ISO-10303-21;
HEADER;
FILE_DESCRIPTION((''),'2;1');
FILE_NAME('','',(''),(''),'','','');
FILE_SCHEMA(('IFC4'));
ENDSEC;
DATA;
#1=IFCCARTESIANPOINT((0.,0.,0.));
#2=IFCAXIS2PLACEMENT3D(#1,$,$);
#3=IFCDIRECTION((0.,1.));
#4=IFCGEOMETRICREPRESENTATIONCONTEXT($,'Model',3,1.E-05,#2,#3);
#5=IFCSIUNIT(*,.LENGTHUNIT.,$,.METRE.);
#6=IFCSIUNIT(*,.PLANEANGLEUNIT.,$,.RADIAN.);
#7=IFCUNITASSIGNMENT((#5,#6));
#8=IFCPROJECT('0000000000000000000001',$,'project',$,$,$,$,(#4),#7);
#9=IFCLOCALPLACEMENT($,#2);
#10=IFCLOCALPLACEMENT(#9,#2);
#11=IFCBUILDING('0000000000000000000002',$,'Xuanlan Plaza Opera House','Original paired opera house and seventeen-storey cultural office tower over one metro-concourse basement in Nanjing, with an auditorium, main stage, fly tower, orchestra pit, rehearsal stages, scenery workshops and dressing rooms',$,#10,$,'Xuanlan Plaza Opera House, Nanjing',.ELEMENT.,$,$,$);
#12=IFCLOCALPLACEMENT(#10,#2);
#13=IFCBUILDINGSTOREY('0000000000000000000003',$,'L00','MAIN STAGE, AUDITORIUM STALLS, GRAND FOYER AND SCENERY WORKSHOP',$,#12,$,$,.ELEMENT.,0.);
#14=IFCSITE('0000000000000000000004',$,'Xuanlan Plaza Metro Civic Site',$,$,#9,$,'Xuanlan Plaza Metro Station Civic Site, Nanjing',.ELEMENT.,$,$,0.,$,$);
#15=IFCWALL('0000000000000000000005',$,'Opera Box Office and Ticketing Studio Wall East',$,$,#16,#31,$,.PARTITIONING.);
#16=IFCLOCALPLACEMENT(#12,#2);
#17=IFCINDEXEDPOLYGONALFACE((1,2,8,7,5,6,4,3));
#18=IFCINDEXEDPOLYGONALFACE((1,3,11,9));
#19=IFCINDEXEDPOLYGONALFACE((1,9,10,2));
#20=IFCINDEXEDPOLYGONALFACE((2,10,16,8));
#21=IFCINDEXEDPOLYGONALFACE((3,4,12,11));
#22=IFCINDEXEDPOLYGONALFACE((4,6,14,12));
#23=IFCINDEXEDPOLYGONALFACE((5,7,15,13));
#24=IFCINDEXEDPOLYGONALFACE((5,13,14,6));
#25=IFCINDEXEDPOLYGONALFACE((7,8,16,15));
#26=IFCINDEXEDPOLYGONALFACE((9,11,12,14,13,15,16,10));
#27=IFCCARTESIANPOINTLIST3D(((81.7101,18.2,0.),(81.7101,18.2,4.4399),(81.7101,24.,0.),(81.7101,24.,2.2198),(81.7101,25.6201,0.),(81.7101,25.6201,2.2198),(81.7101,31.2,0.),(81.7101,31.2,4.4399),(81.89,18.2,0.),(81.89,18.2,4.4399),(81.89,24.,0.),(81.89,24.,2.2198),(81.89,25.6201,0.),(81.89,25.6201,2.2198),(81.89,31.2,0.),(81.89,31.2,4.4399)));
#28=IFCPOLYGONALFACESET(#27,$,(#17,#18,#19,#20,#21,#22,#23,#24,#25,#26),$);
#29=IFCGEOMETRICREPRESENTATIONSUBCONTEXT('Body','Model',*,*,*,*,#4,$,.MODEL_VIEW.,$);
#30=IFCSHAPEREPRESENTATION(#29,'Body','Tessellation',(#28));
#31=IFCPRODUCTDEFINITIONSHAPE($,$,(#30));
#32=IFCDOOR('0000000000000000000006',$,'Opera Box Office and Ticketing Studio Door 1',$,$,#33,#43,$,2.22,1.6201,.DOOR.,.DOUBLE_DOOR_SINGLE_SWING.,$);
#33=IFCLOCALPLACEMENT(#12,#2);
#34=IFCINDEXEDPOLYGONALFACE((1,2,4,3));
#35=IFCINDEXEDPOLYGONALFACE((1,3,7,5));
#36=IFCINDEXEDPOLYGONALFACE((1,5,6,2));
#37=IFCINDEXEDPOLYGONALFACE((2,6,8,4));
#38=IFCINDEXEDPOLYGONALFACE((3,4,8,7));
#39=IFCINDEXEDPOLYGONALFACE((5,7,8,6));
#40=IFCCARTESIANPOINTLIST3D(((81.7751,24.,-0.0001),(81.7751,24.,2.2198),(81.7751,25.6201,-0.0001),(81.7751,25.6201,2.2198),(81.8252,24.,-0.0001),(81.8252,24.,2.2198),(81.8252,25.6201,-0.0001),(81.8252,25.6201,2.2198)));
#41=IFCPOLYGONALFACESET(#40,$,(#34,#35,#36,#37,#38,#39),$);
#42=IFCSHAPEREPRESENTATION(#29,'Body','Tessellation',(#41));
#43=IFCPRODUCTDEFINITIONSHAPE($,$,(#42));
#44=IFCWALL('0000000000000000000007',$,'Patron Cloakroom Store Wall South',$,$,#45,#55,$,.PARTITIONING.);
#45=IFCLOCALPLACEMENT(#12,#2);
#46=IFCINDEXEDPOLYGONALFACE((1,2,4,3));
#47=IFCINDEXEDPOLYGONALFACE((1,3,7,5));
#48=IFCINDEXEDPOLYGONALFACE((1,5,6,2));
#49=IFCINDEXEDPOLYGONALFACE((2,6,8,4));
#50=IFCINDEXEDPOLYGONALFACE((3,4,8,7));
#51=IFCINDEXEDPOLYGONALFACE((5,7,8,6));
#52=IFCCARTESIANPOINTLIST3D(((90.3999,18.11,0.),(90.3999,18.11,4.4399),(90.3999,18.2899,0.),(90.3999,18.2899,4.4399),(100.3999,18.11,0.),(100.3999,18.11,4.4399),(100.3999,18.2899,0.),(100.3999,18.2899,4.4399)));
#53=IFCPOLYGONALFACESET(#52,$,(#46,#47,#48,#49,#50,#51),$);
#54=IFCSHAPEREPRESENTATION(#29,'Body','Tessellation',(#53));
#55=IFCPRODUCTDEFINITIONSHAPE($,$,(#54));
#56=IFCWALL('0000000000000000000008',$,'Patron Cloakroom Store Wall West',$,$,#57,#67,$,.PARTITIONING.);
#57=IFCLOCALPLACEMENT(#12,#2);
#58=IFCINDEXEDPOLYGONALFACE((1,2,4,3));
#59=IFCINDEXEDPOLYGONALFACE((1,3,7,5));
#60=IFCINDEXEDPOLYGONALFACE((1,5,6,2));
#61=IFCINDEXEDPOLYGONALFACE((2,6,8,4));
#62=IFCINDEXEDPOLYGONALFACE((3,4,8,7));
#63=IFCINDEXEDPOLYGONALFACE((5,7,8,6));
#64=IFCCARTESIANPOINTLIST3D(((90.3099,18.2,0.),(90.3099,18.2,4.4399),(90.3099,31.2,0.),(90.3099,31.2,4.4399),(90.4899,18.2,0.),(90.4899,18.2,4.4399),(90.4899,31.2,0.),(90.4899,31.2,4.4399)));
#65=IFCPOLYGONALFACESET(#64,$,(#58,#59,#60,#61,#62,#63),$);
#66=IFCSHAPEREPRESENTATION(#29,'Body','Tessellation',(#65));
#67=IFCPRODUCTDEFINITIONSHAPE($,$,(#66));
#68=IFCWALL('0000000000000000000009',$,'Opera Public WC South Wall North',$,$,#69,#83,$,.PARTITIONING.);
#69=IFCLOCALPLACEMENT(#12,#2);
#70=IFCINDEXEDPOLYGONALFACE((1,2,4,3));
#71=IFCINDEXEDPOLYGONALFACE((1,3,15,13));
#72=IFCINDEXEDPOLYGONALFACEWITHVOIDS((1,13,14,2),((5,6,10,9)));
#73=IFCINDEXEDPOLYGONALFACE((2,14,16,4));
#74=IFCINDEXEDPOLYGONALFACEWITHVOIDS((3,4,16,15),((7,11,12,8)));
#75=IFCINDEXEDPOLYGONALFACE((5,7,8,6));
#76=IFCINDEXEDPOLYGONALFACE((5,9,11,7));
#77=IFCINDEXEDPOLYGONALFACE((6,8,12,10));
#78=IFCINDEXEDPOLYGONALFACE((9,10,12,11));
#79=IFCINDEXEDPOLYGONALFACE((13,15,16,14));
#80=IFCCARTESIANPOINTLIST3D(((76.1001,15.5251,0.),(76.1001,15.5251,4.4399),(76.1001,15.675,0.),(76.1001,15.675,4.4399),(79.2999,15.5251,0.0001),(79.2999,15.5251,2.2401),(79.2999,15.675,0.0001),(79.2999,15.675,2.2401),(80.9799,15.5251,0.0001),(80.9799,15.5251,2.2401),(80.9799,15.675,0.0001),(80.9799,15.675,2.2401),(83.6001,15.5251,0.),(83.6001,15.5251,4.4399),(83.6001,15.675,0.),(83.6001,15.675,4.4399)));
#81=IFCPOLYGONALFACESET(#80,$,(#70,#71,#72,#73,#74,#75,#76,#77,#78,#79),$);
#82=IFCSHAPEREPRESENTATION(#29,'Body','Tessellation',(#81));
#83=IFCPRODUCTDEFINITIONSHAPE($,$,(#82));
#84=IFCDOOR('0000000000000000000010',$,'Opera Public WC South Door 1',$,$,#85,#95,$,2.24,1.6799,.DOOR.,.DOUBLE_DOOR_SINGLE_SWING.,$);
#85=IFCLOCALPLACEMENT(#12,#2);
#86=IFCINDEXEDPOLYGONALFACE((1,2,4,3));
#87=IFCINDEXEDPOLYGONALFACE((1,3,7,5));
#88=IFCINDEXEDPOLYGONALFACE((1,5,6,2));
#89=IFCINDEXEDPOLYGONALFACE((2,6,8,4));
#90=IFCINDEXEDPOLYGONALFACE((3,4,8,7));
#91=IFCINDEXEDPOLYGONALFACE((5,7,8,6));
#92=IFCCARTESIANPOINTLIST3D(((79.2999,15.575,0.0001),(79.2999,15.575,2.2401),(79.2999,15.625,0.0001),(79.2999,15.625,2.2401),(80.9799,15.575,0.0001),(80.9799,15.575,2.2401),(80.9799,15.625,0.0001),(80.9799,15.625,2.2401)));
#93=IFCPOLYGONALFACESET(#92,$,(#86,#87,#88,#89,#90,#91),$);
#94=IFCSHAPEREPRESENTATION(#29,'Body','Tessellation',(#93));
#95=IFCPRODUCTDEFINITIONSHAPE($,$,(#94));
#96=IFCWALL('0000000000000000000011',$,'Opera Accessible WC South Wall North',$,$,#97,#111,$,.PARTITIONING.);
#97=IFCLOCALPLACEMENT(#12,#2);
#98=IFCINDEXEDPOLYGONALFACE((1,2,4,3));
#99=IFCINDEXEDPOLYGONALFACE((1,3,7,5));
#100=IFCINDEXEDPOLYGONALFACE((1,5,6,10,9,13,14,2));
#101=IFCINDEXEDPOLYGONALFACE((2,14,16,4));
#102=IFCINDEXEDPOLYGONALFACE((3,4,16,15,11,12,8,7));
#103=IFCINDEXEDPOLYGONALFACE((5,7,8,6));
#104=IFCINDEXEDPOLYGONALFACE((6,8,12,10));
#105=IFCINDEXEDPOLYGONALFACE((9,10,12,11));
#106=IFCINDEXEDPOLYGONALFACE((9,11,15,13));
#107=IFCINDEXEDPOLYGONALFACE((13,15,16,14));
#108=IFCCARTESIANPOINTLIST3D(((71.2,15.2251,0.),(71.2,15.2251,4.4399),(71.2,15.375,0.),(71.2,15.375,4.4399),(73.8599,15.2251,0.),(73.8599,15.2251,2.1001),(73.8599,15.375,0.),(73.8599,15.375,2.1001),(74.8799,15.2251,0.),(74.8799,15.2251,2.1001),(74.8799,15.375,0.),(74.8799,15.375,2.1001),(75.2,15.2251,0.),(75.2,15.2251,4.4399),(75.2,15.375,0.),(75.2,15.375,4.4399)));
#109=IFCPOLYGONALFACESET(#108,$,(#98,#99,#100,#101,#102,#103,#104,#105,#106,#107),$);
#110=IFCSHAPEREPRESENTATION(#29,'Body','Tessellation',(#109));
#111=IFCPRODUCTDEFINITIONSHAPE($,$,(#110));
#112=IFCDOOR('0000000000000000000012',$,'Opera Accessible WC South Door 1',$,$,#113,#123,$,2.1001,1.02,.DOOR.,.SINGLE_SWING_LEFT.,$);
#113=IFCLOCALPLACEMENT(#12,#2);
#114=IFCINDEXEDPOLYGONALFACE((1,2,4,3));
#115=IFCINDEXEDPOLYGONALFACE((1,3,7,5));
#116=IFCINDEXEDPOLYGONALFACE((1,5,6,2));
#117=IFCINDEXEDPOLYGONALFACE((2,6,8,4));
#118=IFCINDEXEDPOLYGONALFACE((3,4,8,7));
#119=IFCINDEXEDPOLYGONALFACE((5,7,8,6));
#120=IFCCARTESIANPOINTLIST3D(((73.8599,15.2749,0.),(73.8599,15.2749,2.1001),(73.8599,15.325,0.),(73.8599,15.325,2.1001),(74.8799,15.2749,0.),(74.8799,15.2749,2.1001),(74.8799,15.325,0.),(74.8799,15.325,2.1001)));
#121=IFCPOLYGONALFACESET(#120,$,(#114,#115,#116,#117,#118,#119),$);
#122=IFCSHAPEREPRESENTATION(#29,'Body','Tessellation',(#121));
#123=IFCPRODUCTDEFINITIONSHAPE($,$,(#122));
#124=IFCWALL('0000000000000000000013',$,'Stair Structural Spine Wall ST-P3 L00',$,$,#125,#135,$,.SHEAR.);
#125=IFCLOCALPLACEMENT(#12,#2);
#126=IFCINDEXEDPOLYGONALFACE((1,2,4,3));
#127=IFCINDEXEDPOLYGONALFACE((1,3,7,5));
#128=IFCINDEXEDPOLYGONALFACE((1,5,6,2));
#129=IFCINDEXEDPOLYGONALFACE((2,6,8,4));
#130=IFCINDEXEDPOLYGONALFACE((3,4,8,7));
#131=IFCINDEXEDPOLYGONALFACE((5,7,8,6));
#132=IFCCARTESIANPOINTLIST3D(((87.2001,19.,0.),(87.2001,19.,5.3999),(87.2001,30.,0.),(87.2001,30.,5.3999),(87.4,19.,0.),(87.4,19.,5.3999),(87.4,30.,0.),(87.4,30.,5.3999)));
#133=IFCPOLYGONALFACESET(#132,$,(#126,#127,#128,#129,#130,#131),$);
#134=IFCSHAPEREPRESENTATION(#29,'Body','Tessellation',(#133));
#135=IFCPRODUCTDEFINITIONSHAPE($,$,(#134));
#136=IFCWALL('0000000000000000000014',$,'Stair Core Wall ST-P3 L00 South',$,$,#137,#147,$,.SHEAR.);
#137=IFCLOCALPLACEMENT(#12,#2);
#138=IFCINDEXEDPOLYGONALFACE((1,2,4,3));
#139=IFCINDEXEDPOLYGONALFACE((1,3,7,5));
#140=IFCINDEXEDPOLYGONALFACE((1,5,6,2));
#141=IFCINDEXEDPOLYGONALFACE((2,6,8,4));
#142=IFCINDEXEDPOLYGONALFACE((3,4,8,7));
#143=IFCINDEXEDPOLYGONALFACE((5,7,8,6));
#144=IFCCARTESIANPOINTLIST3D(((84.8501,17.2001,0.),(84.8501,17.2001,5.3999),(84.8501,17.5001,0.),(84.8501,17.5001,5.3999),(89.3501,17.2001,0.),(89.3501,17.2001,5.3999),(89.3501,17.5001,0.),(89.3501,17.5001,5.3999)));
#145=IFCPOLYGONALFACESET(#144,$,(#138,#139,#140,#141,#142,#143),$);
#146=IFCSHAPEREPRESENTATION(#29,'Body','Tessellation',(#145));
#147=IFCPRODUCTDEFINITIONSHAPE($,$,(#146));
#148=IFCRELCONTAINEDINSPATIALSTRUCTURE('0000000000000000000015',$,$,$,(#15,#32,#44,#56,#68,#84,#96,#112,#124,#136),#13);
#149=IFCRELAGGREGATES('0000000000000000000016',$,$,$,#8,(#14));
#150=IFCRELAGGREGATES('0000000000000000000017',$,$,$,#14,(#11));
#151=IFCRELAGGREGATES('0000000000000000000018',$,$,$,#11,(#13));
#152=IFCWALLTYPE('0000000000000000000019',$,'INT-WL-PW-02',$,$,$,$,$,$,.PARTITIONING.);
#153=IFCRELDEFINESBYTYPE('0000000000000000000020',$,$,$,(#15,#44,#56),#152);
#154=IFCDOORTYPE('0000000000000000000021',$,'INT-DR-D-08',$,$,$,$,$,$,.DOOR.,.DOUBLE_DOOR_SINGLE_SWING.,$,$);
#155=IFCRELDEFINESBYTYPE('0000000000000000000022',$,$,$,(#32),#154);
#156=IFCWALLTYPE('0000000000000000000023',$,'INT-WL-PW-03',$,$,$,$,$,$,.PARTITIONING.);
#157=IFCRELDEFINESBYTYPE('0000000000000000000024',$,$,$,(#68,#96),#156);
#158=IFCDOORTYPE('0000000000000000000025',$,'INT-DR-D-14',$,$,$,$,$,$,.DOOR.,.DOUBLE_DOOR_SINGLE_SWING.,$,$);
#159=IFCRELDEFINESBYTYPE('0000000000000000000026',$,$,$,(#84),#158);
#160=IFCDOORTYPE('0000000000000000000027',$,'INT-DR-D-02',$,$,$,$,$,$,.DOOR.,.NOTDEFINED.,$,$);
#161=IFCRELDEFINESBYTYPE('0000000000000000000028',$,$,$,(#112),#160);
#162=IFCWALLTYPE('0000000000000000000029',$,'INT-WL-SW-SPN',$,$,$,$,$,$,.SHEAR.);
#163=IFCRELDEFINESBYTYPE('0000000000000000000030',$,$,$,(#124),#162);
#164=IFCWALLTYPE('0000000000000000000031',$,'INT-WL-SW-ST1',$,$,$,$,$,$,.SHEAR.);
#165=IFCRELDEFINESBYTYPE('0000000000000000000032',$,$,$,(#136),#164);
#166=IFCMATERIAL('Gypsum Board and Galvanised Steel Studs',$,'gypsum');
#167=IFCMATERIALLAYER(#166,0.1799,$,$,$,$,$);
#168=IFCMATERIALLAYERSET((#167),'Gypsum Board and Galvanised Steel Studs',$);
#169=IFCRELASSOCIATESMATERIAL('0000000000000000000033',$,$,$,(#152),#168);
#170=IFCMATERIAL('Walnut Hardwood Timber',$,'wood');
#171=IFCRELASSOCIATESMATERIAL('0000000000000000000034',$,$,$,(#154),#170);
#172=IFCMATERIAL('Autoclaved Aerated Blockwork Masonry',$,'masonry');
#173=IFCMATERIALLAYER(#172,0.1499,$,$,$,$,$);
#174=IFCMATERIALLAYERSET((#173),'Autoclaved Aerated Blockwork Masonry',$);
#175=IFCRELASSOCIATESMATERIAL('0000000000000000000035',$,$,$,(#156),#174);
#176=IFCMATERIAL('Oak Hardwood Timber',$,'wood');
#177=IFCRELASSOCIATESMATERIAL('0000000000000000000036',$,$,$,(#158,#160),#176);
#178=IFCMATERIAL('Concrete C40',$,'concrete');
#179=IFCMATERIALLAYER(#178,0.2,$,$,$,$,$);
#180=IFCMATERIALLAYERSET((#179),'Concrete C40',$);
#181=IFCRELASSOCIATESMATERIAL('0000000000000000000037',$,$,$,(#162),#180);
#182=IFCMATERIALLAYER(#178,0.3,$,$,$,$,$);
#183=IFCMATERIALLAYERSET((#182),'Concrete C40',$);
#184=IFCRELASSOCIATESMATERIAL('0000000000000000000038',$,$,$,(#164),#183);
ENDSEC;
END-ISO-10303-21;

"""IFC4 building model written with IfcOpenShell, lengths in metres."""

from ifc_helpers import new_model, si_unit, direction, frame, frame_2d, origin, place, context, subcontext, project, spatial, rectangle, extrude, material, layer, layer_set, type_object, element, fill, save


model = new_model("IFC4")

# Units and contexts
model_context = context("Model", 3, precision=1e-05, world=origin(), true_north=direction((0.0, 1.0)))
body_context = subcontext(model_context, "Body", "Model", "MODEL_VIEW")
ifc_project = project(units=[si_unit("LENGTHUNIT", "METRE"), si_unit("PLANEANGLEUNIT", "RADIAN")], contexts=[model_context])

# Site, building, storey
site_placement = place(None, origin())
site = spatial("IfcSite", under=ifc_project, at=site_placement, Name="Xuanlan Plaza Metro Civic Site", LongName="Xuanlan Plaza Metro Station Civic Site, Nanjing", CompositionType="ELEMENT", RefElevation=0.0)
building_placement = place(site_placement, origin())
building = spatial("IfcBuilding", under=site, at=building_placement, Name="Xuanlan Plaza Opera House", Description="Original paired opera house and seventeen-storey cultural office tower over one metro-concourse basement in Nanjing, with an auditorium, main stage, fly tower, orchestra pit, rehearsal stages, scenery workshops and dressing rooms", LongName="Xuanlan Plaza Opera House, Nanjing", CompositionType="ELEMENT")
storey_placement = place(building_placement, origin())
storey = spatial("IfcBuildingStorey", under=building, at=storey_placement, Name="L00", Description="MAIN STAGE, AUDITORIUM STALLS, GRAND FOYER AND SCENERY WORKSHOP", CompositionType="ELEMENT", Elevation=0.0)

# Shared definitions
ifc_material_1 = material(Name="Concrete C40", Category="concrete")

# Shared definitions
ifc_material_2 = material(Name="Gypsum Board and Galvanised Steel Studs", Category="gypsum")
ifc_layer_1 = layer(ifc_material_2, 0.1799)
ifc_layer_set_1 = layer_set([ifc_layer_1], Name="Gypsum Board and Galvanised Steel Studs")
wall_type_1 = type_object("IfcWallType", Name="INT-WL-PW-02", PredefinedType="PARTITIONING", material=ifc_layer_set_1)

# Wall, opening, door
wall_1_placement = place(storey_placement, frame((81.8, 18.2, 0.0), z_axis=(0.0, 0.0, 1.0), x_axis=(0.0, 1.0, 0.0)))
wall_1 = element("IfcWall", 1, at=wall_1_placement, inside=storey, type_object=wall_type_1, Name="Opera Box Office and Ticketing Studio Wall East", PredefinedType="PARTITIONING", context=body_context, shape_type="SweptSolid", body=[
    extrude(rectangle(XDim=13.0, YDim=0.1799, at=frame_2d((6.5, 0.0))), origin(), (0.0, 0.0, 1.0), 4.4399),
])
opening_1_placement = place(wall_1_placement, frame((5.8, 0.0, 0.0)))
opening_1 = element("IfcOpeningElement", 2, at=opening_1_placement, cuts=wall_1, PredefinedType="OPENING", context=body_context, shape_type="SweptSolid", body=[
    extrude(rectangle(XDim=1.6201, YDim=2.22, at=frame_2d((0.8101, 1.1099))), frame((0.0, 0.0999, 0.0), z_axis=(0.0, -1.0, 0.0), x_axis=(1.0, 0.0, 0.0)), (0.0, 0.0, 1.0), 0.2),
])
ifc_material_3 = material(Name="Walnut Hardwood Timber", Category="wood")
door_type_1 = type_object("IfcDoorType", Name="INT-DR-D-08", OperationType="DOUBLE_DOOR_SINGLE_SWING", PredefinedType="DOOR", material=ifc_material_3)
door_1_placement = place(opening_1_placement, origin())
door_1 = element("IfcDoor", 3, at=door_1_placement, inside=storey, type_object=door_type_1, Name="Opera Box Office and Ticketing Studio Door 1", OperationType="DOUBLE_DOOR_SINGLE_SWING", OverallHeight=2.22, OverallWidth=1.6201, PredefinedType="DOOR", context=body_context, shape_type="SweptSolid", body=[
    extrude(rectangle(XDim=1.6201, YDim=2.22, at=frame_2d((0.8101, 1.1099))), frame((0.0, 0.0249, 0.0), z_axis=(0.0, -1.0, 0.0), x_axis=(1.0, 0.0, 0.0)), (0.0, 0.0, 1.0), 0.05),
])
fill(opening_1, door_1)

# Walls
wall_2_placement = place(storey_placement, frame((90.3999, 18.2, 0.0), z_axis=(0.0, 0.0, 1.0), x_axis=(1.0, 0.0, 0.0)))
element("IfcWall", 4, at=wall_2_placement, inside=storey, type_object=wall_type_1, Name="Patron Cloakroom Store Wall South", PredefinedType="PARTITIONING", context=body_context, shape_type="SweptSolid", body=[
    extrude(rectangle(XDim=10.0, YDim=0.1799, at=frame_2d((5.0, 0.0))), origin(), (0.0, 0.0, 1.0), 4.4399),
])
wall_3_placement = place(storey_placement, frame((90.3999, 18.2, 0.0), z_axis=(0.0, 0.0, 1.0), x_axis=(0.0, 1.0, 0.0)))
element("IfcWall", 5, at=wall_3_placement, inside=storey, type_object=wall_type_1, Name="Patron Cloakroom Store Wall West", PredefinedType="PARTITIONING", context=body_context, shape_type="SweptSolid", body=[
    extrude(rectangle(XDim=13.0, YDim=0.1799, at=frame_2d((6.5, 0.0))), origin(), (0.0, 0.0, 1.0), 4.4399),
])

# Walls, openings, doors
ifc_material_4 = material(Name="Autoclaved Aerated Blockwork Masonry", Category="masonry")
ifc_layer_2 = layer(ifc_material_4, 0.1499)
ifc_layer_set_2 = layer_set([ifc_layer_2], Name="Autoclaved Aerated Blockwork Masonry")
wall_type_2 = type_object("IfcWallType", Name="INT-WL-PW-03", PredefinedType="PARTITIONING", material=ifc_layer_set_2)
wall_4_placement = place(storey_placement, frame((76.1001, 15.6001, 0.0), z_axis=(0.0, 0.0, 1.0), x_axis=(1.0, 0.0, 0.0)))
wall_4 = element("IfcWall", 6, at=wall_4_placement, inside=storey, type_object=wall_type_2, Name="Opera Public WC South Wall North", PredefinedType="PARTITIONING", context=body_context, shape_type="SweptSolid", body=[
    extrude(rectangle(XDim=7.5, YDim=0.1499, at=frame_2d((3.75, 0.0))), origin(), (0.0, 0.0, 1.0), 4.4399),
])
opening_2_placement = place(wall_4_placement, frame((3.2, 0.0, 0.0)))
opening_2 = element("IfcOpeningElement", 7, at=opening_2_placement, cuts=wall_4, PredefinedType="OPENING", context=body_context, shape_type="SweptSolid", body=[
    extrude(rectangle(XDim=1.6799, YDim=2.24, at=frame_2d((0.8398, 1.1201))), frame((0.0, 0.085, 0.0), z_axis=(0.0, -1.0, 0.0), x_axis=(1.0, 0.0, 0.0)), (0.0, 0.0, 1.0), 0.1699),
])
ifc_material_5 = material(Name="Oak Hardwood Timber", Category="wood")
door_type_2 = type_object("IfcDoorType", Name="INT-DR-D-14", OperationType="DOUBLE_DOOR_SINGLE_SWING", PredefinedType="DOOR", material=ifc_material_5)
door_2_placement = place(opening_2_placement, origin())
door_2 = element("IfcDoor", 8, at=door_2_placement, inside=storey, type_object=door_type_2, Name="Opera Public WC South Door 1", OperationType="DOUBLE_DOOR_SINGLE_SWING", OverallHeight=2.24, OverallWidth=1.6799, PredefinedType="DOOR", context=body_context, shape_type="SweptSolid", body=[
    extrude(rectangle(XDim=1.6799, YDim=2.24, at=frame_2d((0.8398, 1.1201))), frame((0.0, 0.0249, 0.0), z_axis=(0.0, -1.0, 0.0), x_axis=(1.0, 0.0, 0.0)), (0.0, 0.0, 1.0), 0.05),
])
fill(opening_2, door_2)
wall_5_placement = place(storey_placement, frame((71.2, 15.3, 0.0), z_axis=(0.0, 0.0, 1.0), x_axis=(1.0, 0.0, 0.0)))
wall_5 = element("IfcWall", 9, at=wall_5_placement, inside=storey, type_object=wall_type_2, Name="Opera Accessible WC South Wall North", PredefinedType="PARTITIONING", context=body_context, shape_type="SweptSolid", body=[
    extrude(rectangle(XDim=4.0, YDim=0.1499, at=frame_2d((2.0, 0.0))), origin(), (0.0, 0.0, 1.0), 4.4399),
])
opening_3_placement = place(wall_5_placement, frame((2.6599, 0.0, 0.0)))
opening_3 = element("IfcOpeningElement", 10, at=opening_3_placement, cuts=wall_5, PredefinedType="OPENING", context=body_context, shape_type="SweptSolid", body=[
    extrude(rectangle(XDim=1.02, YDim=2.1001, at=frame_2d((0.51, 1.05))), frame((0.0, 0.085, 0.0), z_axis=(0.0, -1.0, 0.0), x_axis=(1.0, 0.0, 0.0)), (0.0, 0.0, 1.0), 0.1699),
])
door_type_3 = type_object("IfcDoorType", Name="INT-DR-D-02", OperationType="NOTDEFINED", PredefinedType="DOOR", material=ifc_material_5)
door_3_placement = place(opening_3_placement, origin())
door_3 = element("IfcDoor", 11, at=door_3_placement, inside=storey, type_object=door_type_3, Name="Opera Accessible WC South Door 1", OperationType="SINGLE_SWING_LEFT", OverallHeight=2.1001, OverallWidth=1.02, PredefinedType="DOOR", context=body_context, shape_type="SweptSolid", body=[
    extrude(rectangle(XDim=1.02, YDim=2.1001, at=frame_2d((0.51, 1.05))), frame((0.0, 0.0249, 0.0), z_axis=(0.0, -1.0, 0.0), x_axis=(1.0, 0.0, 0.0)), (0.0, 0.0, 1.0), 0.05),
])
fill(opening_3, door_3)

# Walls
ifc_layer_3 = layer(ifc_material_1, 0.2)
ifc_layer_set_3 = layer_set([ifc_layer_3], Name="Concrete C40")
wall_type_3 = type_object("IfcWallType", Name="INT-WL-SW-SPN", PredefinedType="SHEAR", material=ifc_layer_set_3)
wall_6_placement = place(storey_placement, frame((87.3, 19.0, 0.0), z_axis=(0.0, 0.0, 1.0), x_axis=(0.0, 1.0, 0.0)))
element("IfcWall", 12, at=wall_6_placement, inside=storey, type_object=wall_type_3, Name="Stair Structural Spine Wall ST-P3 L00", PredefinedType="SHEAR", context=body_context, shape_type="SweptSolid", body=[
    extrude(rectangle(XDim=11.0, YDim=0.2, at=frame_2d((5.5, 0.0))), origin(), (0.0, 0.0, 1.0), 5.3999),
])
ifc_layer_4 = layer(ifc_material_1, 0.3)
ifc_layer_set_4 = layer_set([ifc_layer_4], Name="Concrete C40")
wall_type_4 = type_object("IfcWallType", Name="INT-WL-SW-ST1", PredefinedType="SHEAR", material=ifc_layer_set_4)
wall_7_placement = place(storey_placement, frame((84.8501, 17.3501, 0.0), z_axis=(0.0, 0.0, 1.0), x_axis=(1.0, 0.0, 0.0)))
element("IfcWall", 13, at=wall_7_placement, inside=storey, type_object=wall_type_4, Name="Stair Core Wall ST-P3 L00 South", PredefinedType="SHEAR", context=body_context, shape_type="SweptSolid", body=[
    extrude(rectangle(XDim=4.5, YDim=0.3, at=frame_2d((2.25, 0.0))), origin(), (0.0, 0.0, 1.0), 5.3999),
])

save(model, "model.ifc")
